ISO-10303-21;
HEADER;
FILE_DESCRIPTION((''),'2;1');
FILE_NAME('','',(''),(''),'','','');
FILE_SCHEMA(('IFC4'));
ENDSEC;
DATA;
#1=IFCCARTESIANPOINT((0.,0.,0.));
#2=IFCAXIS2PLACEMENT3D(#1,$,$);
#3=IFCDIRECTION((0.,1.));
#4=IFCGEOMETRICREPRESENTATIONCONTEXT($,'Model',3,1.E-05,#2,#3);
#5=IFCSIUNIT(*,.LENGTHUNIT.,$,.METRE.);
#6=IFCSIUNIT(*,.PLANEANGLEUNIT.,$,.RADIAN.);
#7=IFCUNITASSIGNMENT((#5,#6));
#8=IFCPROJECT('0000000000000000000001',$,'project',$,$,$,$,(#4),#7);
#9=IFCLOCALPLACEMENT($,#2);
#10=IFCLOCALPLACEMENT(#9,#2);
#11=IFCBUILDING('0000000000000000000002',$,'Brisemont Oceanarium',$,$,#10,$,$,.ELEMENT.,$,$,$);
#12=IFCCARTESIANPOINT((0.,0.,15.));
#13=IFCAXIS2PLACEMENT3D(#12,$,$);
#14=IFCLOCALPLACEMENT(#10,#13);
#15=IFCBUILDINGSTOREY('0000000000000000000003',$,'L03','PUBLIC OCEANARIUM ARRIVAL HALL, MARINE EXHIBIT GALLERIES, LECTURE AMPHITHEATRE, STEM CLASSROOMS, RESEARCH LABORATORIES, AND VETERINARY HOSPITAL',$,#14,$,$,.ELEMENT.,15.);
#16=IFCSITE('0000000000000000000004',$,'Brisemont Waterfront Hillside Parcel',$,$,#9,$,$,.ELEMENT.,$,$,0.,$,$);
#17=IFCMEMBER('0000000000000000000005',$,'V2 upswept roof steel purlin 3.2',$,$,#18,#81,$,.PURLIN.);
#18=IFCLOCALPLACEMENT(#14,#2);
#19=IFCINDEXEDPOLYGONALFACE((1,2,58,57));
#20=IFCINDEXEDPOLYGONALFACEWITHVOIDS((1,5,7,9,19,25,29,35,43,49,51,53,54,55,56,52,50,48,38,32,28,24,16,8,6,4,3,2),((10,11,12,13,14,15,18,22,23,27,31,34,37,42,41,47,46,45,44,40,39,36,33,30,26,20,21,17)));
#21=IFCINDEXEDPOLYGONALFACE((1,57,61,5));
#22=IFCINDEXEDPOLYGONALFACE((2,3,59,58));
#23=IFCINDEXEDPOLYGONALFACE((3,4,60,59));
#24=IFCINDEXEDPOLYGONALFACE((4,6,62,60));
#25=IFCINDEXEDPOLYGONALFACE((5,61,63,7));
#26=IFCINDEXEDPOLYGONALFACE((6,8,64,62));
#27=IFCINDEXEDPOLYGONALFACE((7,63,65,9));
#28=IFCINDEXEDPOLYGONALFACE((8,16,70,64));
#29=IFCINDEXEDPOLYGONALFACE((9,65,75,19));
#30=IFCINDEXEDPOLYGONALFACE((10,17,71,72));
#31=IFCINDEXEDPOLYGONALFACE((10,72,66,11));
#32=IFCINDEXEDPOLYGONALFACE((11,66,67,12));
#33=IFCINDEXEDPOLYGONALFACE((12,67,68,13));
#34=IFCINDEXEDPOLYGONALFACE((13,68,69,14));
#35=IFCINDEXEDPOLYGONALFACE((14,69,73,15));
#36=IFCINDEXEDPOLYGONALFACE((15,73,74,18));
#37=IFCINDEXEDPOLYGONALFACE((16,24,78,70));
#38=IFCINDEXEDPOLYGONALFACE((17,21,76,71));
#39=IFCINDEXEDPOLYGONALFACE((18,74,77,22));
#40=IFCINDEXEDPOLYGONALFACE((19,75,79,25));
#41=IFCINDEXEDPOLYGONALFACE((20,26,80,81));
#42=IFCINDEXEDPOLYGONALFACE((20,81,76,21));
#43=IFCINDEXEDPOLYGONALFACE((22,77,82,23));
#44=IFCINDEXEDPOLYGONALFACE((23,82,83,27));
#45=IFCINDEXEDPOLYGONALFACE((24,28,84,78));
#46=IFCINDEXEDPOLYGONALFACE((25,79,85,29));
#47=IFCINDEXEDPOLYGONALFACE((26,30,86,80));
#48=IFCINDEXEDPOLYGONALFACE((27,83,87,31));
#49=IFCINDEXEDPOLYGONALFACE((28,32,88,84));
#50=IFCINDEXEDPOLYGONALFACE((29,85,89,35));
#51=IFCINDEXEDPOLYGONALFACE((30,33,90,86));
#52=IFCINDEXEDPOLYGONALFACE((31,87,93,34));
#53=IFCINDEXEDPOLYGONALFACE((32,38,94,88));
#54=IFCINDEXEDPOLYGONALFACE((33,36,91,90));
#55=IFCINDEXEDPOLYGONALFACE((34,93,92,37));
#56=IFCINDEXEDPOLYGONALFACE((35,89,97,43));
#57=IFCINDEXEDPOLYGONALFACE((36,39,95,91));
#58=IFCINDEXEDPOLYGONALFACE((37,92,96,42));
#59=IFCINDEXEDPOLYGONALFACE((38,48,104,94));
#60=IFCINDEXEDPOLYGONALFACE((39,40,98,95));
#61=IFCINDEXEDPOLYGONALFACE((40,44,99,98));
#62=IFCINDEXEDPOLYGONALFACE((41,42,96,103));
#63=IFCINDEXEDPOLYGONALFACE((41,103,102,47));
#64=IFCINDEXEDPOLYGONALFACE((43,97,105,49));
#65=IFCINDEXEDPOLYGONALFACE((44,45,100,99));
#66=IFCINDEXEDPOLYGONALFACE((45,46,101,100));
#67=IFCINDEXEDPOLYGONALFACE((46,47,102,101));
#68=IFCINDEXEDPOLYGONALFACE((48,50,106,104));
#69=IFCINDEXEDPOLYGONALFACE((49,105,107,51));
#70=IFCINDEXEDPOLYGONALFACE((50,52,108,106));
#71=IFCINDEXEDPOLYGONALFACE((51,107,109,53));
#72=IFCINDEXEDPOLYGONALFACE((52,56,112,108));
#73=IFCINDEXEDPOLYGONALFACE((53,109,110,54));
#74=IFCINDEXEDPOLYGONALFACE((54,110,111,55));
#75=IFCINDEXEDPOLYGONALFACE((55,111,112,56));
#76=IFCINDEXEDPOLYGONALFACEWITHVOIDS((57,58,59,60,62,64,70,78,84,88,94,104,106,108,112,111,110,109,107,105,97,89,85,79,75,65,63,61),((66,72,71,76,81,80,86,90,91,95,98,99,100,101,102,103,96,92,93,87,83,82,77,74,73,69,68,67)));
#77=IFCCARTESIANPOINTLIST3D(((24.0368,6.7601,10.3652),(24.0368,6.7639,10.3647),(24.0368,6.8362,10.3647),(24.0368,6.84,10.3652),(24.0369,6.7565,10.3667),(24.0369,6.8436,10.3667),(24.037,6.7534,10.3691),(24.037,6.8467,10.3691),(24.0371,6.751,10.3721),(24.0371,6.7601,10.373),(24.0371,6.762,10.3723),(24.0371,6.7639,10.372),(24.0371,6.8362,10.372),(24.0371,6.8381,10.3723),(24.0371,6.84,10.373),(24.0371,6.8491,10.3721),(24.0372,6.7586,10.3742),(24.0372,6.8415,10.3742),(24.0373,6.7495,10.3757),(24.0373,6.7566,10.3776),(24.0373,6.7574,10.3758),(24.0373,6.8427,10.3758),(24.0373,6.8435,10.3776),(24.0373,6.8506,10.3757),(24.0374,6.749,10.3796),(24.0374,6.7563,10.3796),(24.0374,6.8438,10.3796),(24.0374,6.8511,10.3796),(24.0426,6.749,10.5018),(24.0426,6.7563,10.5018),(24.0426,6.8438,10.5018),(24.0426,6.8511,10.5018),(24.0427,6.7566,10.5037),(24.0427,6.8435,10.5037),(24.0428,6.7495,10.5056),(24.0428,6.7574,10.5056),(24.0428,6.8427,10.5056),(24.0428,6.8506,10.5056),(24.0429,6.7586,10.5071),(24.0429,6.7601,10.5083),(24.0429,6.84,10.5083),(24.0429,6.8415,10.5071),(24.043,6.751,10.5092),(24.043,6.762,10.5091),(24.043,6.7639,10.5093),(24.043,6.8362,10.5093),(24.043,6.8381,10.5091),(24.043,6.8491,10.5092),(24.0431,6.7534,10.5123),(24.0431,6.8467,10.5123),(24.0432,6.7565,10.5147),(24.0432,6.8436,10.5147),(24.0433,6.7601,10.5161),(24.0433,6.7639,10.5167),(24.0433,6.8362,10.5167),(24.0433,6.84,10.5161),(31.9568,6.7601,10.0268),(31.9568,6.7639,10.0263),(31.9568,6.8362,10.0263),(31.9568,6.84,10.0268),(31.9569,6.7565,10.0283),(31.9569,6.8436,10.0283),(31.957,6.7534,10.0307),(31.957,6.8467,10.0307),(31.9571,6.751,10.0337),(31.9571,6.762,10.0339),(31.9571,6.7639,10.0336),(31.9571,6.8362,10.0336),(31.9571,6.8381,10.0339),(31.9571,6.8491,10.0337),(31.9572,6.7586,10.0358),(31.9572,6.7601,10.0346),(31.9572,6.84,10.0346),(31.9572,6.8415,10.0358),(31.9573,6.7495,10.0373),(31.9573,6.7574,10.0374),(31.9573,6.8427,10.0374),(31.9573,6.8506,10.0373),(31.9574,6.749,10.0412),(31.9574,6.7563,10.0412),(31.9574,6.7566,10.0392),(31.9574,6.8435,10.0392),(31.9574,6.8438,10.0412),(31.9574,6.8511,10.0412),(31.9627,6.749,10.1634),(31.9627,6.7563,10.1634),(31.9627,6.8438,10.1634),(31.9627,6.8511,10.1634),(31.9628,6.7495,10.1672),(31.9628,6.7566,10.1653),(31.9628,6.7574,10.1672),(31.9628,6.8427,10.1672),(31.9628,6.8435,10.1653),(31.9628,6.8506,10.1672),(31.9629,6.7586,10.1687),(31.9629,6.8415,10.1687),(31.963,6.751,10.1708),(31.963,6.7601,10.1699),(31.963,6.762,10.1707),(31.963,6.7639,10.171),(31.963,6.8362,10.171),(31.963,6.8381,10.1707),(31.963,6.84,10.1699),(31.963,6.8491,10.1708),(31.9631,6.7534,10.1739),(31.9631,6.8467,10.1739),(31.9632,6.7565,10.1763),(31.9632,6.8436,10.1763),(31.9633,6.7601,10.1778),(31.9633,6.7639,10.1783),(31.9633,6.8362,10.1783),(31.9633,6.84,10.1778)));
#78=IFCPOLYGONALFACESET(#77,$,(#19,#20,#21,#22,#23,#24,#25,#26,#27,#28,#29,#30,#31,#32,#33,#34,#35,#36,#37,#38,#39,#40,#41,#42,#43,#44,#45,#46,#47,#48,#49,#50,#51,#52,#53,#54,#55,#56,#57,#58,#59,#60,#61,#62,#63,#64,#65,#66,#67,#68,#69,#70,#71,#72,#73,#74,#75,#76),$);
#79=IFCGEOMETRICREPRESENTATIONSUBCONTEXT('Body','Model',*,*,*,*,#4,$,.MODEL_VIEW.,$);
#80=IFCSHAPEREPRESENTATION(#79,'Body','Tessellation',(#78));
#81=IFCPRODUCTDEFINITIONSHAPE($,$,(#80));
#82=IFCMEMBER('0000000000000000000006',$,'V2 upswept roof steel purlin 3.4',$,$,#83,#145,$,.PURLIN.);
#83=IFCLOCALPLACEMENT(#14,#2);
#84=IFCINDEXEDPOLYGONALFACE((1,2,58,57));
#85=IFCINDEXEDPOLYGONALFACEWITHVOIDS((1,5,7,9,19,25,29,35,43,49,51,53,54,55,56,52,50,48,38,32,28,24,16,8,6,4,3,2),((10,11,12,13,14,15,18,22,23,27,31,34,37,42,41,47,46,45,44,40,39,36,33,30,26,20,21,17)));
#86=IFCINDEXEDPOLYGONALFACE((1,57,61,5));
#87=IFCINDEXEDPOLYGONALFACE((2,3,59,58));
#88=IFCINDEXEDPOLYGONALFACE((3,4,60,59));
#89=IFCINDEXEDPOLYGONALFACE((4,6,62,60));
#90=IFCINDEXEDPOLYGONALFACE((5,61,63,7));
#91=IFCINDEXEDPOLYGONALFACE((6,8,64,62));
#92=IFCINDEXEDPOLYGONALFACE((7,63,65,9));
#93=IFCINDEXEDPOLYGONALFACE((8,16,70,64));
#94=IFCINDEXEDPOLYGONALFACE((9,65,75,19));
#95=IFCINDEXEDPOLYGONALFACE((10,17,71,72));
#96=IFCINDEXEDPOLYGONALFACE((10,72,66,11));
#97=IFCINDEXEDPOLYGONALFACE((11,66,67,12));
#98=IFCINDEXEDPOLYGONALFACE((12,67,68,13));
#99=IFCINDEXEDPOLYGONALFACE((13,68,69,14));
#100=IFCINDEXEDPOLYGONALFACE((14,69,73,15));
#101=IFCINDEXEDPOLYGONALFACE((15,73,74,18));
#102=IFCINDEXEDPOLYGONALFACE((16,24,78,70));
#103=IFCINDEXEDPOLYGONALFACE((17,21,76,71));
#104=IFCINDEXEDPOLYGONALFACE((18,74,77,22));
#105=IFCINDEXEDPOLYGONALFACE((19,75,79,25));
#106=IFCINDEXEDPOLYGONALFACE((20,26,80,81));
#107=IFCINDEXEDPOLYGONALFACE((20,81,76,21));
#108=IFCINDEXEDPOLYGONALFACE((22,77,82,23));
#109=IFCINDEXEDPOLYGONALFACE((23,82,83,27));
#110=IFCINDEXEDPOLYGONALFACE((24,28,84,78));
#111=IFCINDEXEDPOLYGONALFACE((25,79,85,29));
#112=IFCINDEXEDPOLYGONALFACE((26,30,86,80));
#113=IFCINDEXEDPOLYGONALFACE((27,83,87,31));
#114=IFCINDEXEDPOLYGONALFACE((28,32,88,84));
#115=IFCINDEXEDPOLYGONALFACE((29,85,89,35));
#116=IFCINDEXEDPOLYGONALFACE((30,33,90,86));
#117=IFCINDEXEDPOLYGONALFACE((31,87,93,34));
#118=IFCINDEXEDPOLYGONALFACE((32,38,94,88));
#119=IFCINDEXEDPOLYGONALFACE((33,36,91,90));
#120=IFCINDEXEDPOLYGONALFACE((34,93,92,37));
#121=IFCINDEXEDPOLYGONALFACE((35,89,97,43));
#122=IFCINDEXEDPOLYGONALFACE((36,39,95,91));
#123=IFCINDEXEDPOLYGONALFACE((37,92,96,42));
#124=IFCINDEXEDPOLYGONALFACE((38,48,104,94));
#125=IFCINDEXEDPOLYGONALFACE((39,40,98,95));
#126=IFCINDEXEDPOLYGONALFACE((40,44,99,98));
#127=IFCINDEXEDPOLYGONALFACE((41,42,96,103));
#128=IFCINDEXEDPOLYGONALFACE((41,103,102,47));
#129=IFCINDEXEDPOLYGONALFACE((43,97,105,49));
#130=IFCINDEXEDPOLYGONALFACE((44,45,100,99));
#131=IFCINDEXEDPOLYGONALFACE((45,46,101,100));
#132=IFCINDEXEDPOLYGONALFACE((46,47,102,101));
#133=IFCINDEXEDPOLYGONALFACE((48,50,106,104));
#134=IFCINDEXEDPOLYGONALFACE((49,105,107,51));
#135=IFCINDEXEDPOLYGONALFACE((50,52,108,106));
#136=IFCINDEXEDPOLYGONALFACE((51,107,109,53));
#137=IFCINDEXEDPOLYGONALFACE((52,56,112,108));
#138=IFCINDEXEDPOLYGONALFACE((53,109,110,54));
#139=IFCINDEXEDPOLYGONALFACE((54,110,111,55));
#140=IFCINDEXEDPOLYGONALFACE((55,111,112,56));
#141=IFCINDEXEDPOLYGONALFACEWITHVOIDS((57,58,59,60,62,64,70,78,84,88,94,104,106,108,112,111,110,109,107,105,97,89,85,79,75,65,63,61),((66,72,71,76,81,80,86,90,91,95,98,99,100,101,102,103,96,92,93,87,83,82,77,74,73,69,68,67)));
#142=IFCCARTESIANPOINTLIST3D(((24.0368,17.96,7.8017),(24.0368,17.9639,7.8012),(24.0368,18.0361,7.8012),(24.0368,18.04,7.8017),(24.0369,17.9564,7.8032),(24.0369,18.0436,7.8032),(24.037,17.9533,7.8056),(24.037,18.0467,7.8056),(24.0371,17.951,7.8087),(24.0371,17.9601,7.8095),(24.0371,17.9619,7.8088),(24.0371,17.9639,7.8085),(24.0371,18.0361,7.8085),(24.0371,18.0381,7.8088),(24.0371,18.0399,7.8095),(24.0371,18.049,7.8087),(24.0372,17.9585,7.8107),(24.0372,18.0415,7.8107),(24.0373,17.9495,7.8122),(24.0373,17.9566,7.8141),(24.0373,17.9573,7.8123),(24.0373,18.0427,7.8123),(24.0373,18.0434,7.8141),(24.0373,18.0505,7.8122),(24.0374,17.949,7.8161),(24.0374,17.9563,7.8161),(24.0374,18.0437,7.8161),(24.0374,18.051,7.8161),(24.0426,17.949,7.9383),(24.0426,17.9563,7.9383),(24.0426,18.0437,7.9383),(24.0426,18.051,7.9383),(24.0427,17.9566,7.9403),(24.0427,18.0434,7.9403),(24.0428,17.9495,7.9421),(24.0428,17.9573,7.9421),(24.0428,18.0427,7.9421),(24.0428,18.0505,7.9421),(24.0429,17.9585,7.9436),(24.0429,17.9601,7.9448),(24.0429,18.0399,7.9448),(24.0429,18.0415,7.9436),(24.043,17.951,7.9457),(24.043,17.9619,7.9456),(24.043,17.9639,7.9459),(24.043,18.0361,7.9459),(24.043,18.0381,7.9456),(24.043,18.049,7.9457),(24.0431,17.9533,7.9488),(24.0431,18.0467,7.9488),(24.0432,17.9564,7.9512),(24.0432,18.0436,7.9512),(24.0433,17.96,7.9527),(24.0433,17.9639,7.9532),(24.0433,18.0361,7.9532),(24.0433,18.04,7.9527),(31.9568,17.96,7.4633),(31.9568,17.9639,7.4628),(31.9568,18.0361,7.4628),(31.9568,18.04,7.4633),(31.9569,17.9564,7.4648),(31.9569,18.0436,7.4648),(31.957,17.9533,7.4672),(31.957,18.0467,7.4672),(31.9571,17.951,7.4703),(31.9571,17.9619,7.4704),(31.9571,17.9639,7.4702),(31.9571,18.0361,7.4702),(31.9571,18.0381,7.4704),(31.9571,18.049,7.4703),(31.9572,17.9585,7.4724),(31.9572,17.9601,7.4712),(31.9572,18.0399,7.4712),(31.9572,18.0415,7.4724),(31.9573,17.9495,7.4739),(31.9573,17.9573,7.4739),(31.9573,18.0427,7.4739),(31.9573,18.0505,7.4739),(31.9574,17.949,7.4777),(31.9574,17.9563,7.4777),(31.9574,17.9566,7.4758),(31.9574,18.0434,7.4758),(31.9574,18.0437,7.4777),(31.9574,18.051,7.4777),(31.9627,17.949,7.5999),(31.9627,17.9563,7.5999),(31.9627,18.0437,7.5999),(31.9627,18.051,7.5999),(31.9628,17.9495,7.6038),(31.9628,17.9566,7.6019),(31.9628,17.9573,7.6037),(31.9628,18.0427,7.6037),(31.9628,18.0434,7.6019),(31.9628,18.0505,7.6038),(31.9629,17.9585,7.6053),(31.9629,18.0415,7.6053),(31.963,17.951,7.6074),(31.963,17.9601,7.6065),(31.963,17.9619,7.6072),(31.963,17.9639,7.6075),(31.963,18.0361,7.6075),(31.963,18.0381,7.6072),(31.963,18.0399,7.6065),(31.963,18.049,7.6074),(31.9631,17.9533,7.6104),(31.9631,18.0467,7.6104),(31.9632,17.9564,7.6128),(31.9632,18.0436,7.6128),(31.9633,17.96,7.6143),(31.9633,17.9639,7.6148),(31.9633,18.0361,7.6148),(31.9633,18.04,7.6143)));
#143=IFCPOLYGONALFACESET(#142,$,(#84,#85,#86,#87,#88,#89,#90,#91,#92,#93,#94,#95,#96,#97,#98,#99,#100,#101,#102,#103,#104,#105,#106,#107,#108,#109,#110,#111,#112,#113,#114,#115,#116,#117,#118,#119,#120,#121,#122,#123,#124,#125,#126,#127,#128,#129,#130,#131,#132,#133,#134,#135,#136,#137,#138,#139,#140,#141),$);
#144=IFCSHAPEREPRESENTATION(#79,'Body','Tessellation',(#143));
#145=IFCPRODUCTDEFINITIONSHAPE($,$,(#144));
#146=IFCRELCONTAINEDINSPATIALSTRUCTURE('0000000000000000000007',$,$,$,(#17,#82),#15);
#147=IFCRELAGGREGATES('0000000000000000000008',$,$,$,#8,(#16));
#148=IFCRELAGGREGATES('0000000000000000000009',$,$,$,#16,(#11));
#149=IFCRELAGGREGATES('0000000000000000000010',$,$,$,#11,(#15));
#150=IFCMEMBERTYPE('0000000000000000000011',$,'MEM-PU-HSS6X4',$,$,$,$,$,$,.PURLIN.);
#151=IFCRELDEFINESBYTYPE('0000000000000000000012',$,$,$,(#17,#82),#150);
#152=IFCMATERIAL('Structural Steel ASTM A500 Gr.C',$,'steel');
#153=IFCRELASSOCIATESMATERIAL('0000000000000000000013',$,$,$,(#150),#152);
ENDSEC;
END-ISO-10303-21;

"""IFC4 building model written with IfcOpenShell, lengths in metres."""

from ifc_helpers import new_model, si_unit, direction, frame, origin, origin_2d, place, context, subcontext, project, spatial, hollow_rectangle, extrude, material, material_profile, profile_set, type_object, element, save


model = new_model("IFC4")

# Units and contexts
model_context = context("Model", 3, precision=1e-05, world=origin(), true_north=direction((0.0, 1.0)))
body_context = subcontext(model_context, "Body", "Model", "MODEL_VIEW")
ifc_project = project(units=[si_unit("LENGTHUNIT", "METRE"), si_unit("PLANEANGLEUNIT", "RADIAN")], contexts=[model_context])

# Site, building, storey
site_placement = place(None, origin())
site = spatial("IfcSite", under=ifc_project, at=site_placement, Name="Brisemont Waterfront Hillside Parcel", CompositionType="ELEMENT", RefElevation=0.0)
building_placement = place(site_placement, origin())
building = spatial("IfcBuilding", under=site, at=building_placement, Name="Brisemont Oceanarium", CompositionType="ELEMENT")
storey_placement = place(building_placement, frame((0.0, 0.0, 15.0)))
storey = spatial("IfcBuildingStorey", under=building, at=storey_placement, Name="L03", Description="PUBLIC OCEANARIUM ARRIVAL HALL, MARINE EXHIBIT GALLERIES, LECTURE AMPHITHEATRE, STEM CLASSROOMS, RESEARCH LABORATORIES, AND VETERINARY HOSPITAL", CompositionType="ELEMENT", Elevation=15.0)

# Members
ifc_material_1 = material(Name="Structural Steel ASTM A500 Gr.C", Category="steel")
ifc_material_profile_1 = material_profile(ifc_material_1, hollow_rectangle(XDim=0.1021, YDim=0.1521, WallThickness=0.0073, InnerFilletRadius=0.0076, OuterFilletRadius=0.0149, at=origin_2d()), Name="HSS6X4X5/16")
ifc_profile_set_1 = profile_set([ifc_material_profile_1], Name="Structural Steel ASTM A500 Gr.C")
member_type_1 = type_object("IfcMemberType", Name="MEM-PU-HSS6X4", PredefinedType="PURLIN", material=ifc_profile_set_1)
for number, where, z_axis, x_axis, name in (
    (1, (24.04, 6.8, 10.4407), (0.999089, 0.0, -0.042686), (0.0, 1.0, 0.0), "V2 upswept roof steel purlin 3.2"),
    (2, (24.04, 18.0, 7.8772), (0.999089, 0.0, -0.042686), (0.0, 1.0, 0.0), "V2 upswept roof steel purlin 3.4"),
):
    element("IfcMember", number, at=place(storey_placement, frame(where, z_axis=z_axis, x_axis=x_axis)), inside=storey, type_object=member_type_1, Name=name, PredefinedType="PURLIN", context=body_context, shape_type="SweptSolid", body=[
        extrude(hollow_rectangle(XDim=0.1021, YDim=0.1521, WallThickness=0.0073, InnerFilletRadius=0.0076, OuterFilletRadius=0.0149, at=origin_2d()), origin(), (0.0, 0.0, 1.0), 7.9272),
    ])

save(model, "model.ifc")
